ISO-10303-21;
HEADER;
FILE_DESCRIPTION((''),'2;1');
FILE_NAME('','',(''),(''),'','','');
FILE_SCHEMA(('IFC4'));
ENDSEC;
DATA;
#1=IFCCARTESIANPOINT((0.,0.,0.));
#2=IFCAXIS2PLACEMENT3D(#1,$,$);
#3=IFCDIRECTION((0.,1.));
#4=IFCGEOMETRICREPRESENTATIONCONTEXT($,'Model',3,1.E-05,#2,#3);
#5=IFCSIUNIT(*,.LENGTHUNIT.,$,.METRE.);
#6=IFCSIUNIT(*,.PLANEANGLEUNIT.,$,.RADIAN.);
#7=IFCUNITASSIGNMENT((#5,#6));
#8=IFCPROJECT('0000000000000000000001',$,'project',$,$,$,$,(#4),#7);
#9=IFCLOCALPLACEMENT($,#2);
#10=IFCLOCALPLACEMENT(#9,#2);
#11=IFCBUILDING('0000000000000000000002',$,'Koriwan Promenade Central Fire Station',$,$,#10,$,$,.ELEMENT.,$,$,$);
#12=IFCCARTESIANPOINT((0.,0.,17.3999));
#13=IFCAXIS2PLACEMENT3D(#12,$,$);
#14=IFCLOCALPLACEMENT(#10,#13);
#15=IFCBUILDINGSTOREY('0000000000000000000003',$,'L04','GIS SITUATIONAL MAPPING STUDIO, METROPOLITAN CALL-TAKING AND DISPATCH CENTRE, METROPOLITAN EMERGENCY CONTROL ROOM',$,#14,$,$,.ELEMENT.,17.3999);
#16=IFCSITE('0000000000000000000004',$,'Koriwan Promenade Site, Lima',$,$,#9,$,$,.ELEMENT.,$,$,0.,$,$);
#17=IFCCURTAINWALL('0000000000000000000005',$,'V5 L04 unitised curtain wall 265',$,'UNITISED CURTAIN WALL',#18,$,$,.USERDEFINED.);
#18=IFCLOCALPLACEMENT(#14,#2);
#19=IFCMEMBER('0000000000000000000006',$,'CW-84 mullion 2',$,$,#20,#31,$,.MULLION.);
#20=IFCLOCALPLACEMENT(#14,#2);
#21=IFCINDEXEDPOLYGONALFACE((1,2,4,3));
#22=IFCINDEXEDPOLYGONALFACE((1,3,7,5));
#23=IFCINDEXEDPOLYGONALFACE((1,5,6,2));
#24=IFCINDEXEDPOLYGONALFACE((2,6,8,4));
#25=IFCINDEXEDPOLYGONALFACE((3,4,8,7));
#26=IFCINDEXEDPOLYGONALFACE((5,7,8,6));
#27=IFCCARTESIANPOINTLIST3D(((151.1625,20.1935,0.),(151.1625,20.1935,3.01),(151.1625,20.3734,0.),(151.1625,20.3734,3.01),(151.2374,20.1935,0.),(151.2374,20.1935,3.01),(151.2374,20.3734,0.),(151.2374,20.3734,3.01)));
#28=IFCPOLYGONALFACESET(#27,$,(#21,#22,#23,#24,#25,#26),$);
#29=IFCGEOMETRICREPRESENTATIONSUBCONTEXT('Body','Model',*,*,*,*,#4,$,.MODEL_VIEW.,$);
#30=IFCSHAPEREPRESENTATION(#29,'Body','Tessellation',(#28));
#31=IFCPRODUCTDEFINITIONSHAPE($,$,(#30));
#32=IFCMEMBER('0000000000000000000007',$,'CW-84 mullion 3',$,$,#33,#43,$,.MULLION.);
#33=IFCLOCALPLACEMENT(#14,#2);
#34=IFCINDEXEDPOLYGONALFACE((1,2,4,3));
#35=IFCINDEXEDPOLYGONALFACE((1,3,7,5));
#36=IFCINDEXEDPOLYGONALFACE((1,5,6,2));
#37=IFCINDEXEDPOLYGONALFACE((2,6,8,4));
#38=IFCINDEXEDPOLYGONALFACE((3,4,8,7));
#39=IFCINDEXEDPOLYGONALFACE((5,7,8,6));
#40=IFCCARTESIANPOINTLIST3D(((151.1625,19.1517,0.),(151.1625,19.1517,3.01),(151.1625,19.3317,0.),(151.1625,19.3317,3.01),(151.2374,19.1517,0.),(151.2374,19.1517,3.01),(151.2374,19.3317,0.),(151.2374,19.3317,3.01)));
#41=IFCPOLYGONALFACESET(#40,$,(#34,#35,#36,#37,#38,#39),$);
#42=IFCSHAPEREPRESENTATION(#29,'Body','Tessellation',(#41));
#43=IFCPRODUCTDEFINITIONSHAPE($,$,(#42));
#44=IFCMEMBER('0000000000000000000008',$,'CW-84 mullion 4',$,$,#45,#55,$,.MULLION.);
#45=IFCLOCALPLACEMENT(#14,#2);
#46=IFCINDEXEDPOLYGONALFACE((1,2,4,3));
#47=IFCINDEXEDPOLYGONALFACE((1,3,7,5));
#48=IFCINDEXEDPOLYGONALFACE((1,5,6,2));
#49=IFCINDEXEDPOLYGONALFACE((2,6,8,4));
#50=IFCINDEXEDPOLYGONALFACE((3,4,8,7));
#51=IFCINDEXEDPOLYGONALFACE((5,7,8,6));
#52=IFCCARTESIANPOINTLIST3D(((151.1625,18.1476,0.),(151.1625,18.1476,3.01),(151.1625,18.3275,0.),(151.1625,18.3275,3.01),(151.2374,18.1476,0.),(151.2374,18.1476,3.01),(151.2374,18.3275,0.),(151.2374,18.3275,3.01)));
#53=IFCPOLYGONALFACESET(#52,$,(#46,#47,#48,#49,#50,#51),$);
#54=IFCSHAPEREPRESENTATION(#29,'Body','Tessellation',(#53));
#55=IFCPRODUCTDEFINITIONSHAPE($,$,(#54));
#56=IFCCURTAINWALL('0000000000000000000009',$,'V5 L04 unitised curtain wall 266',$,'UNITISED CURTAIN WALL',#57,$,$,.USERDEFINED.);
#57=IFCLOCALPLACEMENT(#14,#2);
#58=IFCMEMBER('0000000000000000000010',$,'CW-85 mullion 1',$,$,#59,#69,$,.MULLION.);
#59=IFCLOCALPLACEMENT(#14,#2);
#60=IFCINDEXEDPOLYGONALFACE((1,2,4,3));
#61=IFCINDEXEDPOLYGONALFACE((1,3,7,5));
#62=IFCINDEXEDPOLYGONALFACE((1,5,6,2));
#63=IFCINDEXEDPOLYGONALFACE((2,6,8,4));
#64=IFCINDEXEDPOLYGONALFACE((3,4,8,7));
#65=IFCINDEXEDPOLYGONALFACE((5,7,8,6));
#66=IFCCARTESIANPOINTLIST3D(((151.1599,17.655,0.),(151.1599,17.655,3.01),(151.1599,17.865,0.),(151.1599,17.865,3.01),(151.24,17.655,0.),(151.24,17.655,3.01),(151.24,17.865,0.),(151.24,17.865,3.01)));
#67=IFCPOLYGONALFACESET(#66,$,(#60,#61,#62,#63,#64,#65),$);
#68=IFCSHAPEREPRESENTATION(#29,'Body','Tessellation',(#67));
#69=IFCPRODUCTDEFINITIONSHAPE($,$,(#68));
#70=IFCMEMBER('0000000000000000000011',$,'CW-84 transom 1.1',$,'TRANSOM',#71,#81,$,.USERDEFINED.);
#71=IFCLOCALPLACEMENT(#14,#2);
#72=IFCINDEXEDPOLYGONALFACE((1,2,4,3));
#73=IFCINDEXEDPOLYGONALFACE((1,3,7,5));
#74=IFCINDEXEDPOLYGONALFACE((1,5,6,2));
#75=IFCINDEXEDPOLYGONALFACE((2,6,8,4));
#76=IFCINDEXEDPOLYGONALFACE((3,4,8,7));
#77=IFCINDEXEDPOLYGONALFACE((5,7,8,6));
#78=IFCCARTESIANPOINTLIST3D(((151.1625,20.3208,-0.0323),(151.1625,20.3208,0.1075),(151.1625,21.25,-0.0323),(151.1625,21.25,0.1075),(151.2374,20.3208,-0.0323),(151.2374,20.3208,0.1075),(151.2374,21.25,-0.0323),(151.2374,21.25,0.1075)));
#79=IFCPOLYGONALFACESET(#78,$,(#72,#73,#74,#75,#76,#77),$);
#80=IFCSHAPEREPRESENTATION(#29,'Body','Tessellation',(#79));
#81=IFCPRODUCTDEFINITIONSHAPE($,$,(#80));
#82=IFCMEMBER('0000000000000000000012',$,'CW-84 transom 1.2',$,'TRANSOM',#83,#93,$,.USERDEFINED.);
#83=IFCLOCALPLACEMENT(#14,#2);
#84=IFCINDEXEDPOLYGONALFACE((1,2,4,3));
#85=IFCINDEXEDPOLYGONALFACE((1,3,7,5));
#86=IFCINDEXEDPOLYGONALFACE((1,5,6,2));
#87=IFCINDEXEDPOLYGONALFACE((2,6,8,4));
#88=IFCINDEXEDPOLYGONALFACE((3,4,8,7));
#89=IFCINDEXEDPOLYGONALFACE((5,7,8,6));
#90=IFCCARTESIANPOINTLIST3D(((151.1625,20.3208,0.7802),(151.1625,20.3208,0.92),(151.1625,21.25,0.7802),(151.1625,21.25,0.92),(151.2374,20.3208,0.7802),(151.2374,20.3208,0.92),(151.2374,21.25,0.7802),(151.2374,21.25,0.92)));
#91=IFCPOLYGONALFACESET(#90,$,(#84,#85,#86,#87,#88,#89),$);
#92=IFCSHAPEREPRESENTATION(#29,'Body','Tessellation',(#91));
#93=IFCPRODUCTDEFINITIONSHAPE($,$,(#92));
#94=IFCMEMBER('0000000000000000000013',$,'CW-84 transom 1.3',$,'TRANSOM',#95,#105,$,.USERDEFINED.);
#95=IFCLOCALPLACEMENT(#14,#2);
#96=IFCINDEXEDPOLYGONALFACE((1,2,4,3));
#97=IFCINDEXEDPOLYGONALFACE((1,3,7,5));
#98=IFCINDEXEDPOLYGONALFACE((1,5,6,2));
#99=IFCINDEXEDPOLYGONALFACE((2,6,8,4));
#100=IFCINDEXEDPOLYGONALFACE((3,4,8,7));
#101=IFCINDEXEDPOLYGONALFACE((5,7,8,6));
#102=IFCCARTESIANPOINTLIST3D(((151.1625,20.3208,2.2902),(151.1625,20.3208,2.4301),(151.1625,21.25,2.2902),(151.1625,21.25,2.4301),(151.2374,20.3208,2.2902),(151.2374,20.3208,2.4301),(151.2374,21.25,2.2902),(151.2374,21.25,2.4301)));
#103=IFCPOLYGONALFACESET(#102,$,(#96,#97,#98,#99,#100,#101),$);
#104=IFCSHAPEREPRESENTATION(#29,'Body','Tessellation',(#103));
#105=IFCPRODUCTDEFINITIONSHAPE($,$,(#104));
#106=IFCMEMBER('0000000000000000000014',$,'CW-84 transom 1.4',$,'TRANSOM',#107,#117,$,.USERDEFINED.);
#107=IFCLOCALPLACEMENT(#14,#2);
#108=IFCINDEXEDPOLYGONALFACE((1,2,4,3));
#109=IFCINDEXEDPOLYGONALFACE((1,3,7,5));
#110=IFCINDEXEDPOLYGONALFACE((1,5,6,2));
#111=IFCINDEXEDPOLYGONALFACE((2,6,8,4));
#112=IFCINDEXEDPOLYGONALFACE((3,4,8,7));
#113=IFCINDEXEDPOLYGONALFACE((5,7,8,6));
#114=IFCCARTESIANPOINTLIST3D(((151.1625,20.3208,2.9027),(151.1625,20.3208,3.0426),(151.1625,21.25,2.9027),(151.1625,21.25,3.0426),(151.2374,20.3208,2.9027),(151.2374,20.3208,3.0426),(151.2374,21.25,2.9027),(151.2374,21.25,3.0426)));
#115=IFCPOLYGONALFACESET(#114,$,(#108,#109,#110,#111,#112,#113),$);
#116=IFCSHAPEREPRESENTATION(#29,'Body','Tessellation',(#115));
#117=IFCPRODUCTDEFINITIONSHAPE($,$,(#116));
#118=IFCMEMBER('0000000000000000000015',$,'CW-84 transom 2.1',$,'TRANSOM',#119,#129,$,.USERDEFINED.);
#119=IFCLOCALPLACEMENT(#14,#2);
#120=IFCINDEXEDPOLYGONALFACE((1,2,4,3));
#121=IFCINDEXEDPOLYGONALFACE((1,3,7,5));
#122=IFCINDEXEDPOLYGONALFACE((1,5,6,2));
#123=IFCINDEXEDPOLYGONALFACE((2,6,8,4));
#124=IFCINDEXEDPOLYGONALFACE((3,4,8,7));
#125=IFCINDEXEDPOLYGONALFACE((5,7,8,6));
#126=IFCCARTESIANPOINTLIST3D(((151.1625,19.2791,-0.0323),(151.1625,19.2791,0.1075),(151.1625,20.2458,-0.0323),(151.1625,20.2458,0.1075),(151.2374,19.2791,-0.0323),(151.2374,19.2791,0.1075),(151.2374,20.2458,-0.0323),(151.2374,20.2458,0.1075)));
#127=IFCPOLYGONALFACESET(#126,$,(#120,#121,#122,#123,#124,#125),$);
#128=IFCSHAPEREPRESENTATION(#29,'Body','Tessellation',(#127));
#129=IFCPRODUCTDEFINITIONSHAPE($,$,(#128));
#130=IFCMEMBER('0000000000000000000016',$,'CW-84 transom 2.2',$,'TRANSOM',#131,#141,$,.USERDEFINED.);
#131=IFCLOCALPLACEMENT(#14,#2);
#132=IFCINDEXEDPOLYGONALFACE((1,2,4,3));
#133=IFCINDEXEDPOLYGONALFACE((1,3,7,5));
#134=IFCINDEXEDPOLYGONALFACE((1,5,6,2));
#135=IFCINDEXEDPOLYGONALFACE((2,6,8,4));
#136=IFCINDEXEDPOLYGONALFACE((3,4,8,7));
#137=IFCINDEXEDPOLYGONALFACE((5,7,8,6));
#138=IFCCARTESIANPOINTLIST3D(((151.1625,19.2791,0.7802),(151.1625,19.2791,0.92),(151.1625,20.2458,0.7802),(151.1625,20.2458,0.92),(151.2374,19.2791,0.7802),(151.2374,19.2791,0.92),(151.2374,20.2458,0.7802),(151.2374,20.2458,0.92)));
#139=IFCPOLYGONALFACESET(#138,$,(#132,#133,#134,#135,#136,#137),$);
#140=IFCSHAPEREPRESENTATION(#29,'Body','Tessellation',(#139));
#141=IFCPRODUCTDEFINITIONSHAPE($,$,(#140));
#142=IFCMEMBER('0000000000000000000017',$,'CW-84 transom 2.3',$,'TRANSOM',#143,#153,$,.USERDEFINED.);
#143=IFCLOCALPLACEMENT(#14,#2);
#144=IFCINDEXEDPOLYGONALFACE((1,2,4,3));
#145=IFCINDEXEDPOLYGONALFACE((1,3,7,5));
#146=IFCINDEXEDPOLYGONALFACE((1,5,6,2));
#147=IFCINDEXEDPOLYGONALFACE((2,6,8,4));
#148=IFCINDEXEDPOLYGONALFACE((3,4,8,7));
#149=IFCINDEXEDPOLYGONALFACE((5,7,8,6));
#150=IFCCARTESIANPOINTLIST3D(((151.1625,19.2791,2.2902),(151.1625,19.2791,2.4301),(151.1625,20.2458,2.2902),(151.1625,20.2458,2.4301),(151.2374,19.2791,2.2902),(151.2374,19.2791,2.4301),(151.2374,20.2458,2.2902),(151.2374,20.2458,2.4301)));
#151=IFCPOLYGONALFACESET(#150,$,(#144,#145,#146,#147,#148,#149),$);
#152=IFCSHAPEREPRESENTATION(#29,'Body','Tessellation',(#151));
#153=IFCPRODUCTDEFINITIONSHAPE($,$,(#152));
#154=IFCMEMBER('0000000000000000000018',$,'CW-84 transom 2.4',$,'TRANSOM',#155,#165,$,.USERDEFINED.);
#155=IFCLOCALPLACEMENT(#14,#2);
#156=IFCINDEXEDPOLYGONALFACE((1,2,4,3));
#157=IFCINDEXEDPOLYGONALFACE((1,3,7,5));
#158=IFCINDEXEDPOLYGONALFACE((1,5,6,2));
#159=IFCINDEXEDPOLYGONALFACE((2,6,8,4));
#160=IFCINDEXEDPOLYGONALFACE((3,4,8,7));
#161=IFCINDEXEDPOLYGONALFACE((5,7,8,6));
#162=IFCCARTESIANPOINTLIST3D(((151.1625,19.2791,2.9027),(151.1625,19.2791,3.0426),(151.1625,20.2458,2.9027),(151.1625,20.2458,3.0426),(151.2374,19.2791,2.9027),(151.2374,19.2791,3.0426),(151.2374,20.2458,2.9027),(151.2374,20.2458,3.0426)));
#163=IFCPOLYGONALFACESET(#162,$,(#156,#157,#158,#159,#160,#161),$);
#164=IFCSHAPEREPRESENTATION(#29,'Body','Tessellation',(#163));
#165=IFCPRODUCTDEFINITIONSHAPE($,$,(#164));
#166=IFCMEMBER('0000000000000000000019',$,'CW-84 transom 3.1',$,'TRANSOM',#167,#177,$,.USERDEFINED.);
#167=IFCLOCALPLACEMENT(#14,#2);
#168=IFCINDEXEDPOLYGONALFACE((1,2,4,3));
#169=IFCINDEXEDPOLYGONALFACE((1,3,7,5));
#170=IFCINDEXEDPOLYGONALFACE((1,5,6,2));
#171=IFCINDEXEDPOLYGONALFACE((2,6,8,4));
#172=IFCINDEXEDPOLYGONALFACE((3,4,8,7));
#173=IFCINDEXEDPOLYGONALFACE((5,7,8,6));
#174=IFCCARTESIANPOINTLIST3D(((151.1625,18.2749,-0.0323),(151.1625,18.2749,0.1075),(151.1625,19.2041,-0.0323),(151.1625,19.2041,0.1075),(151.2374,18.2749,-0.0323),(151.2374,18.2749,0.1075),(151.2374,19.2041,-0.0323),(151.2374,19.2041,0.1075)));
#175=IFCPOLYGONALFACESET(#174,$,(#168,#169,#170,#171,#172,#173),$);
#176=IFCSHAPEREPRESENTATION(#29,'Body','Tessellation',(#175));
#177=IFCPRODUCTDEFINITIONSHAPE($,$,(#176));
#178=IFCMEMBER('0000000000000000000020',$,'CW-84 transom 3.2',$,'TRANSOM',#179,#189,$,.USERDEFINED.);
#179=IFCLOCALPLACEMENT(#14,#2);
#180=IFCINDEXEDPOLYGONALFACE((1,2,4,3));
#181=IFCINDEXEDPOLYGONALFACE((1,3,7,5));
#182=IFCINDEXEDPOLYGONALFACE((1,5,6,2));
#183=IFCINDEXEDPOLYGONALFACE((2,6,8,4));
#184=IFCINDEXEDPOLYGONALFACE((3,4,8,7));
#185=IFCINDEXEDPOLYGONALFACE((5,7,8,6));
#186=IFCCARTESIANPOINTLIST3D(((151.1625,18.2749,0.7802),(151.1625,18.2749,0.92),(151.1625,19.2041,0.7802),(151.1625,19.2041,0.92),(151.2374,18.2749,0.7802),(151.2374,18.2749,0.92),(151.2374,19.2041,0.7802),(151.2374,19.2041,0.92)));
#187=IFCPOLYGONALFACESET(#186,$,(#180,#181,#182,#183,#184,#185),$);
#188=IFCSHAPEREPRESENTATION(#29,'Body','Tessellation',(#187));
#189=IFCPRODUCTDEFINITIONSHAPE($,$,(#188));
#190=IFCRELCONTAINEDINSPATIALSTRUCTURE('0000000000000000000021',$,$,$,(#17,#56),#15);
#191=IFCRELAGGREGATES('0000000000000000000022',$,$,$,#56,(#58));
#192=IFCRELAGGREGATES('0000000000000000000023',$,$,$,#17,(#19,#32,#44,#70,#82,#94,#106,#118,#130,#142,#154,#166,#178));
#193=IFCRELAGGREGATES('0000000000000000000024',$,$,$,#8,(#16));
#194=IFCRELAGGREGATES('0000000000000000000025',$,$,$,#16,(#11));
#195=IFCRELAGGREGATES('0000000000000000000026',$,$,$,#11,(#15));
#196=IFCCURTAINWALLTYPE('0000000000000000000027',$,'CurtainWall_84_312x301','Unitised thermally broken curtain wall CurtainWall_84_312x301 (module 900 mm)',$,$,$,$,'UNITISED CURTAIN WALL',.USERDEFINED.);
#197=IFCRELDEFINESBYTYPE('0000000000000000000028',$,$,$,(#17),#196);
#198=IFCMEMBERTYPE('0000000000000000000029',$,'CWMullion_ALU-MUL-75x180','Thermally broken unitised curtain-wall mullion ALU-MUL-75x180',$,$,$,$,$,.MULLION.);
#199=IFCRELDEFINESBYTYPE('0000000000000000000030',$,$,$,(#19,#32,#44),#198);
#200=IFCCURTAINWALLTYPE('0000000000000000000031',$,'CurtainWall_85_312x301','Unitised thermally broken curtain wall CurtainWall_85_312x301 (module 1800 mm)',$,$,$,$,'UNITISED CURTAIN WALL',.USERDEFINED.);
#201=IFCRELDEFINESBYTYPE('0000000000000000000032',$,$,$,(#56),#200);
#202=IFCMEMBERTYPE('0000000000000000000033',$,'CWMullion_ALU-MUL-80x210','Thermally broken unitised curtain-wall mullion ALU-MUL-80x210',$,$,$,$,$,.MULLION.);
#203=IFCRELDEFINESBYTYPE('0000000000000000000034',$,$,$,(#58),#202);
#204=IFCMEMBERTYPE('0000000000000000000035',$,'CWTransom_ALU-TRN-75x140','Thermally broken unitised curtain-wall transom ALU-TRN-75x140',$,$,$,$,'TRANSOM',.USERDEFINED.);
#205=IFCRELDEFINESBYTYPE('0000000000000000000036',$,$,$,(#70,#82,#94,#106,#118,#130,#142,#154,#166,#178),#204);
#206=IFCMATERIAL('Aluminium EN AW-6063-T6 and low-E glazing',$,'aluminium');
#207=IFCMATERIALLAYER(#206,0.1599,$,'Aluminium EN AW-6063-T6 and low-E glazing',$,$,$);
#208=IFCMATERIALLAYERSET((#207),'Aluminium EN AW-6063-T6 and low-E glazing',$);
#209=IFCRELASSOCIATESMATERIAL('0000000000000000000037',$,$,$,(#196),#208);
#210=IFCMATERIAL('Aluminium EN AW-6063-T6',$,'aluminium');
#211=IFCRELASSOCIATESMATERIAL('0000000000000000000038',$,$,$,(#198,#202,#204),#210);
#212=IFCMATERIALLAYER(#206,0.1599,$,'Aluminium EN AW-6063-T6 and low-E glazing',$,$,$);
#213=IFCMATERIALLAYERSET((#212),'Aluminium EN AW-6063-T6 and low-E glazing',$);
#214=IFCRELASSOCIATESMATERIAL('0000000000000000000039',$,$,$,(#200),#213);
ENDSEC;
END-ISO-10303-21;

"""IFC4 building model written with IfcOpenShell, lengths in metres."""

from ifc_helpers import new_model, si_unit, direction, frame, origin, origin_2d, place, context, subcontext, project, spatial, rectangle, extrude, material, layer, layer_set, material_profile, profile_set, type_object, element, aggregate, save


model = new_model("IFC4")

# Units and contexts
model_context = context("Model", 3, precision=1e-05, world=origin(), true_north=direction((0.0, 1.0)))
body_context = subcontext(model_context, "Body", "Model", "MODEL_VIEW")
ifc_project = project(units=[si_unit("LENGTHUNIT", "METRE"), si_unit("PLANEANGLEUNIT", "RADIAN")], contexts=[model_context])

# Site, building, storey
site_placement = place(None, origin())
site = spatial("IfcSite", under=ifc_project, at=site_placement, Name="Koriwan Promenade Site, Lima", CompositionType="ELEMENT", RefElevation=0.0)
building_placement = place(site_placement, origin())
building = spatial("IfcBuilding", under=site, at=building_placement, Name="Koriwan Promenade Central Fire Station", CompositionType="ELEMENT")
storey_placement = place(building_placement, frame((0.0, 0.0, 17.3999)))
storey = spatial("IfcBuildingStorey", under=building, at=storey_placement, Name="L04", Description="GIS SITUATIONAL MAPPING STUDIO, METROPOLITAN CALL-TAKING AND DISPATCH CENTRE, METROPOLITAN EMERGENCY CONTROL ROOM", CompositionType="ELEMENT", Elevation=17.3999)

# Curtain wall, members
ifc_material_1 = material(Name="Aluminium EN AW-6063-T6 and low-E glazing", Category="aluminium")
ifc_layer_1 = layer(ifc_material_1, 0.1599, Name="Aluminium EN AW-6063-T6 and low-E glazing")
ifc_layer_set_1 = layer_set([ifc_layer_1], Name="Aluminium EN AW-6063-T6 and low-E glazing")
curtain_wall_type_1 = type_object("IfcCurtainWallType", Name="CurtainWall_84_312x301", Description="Unitised thermally broken curtain wall CurtainWall_84_312x301 (module 900 mm)", ElementType="UNITISED CURTAIN WALL", PredefinedType="USERDEFINED", material=ifc_layer_set_1)
curtain_wall_1_placement = place(storey_placement, origin())
curtain_wall_1 = element("IfcCurtainWall", 1, at=curtain_wall_1_placement, inside=storey, type_object=curtain_wall_type_1, Name="V5 L04 unitised curtain wall 265", ObjectType="UNITISED CURTAIN WALL", PredefinedType="USERDEFINED")
ifc_material_2 = material(Name="Aluminium EN AW-6063-T6", Category="aluminium")
ifc_material_profile_1 = material_profile(ifc_material_2, rectangle(XDim=0.075, YDim=0.1799, at=origin_2d()), Name="ALU-MUL-75x180")
ifc_profile_set_1 = profile_set([ifc_material_profile_1], Name="Aluminium EN AW-6063-T6")
member_type_1 = type_object("IfcMemberType", Name="CWMullion_ALU-MUL-75x180", Description="Thermally broken unitised curtain-wall mullion ALU-MUL-75x180", PredefinedType="MULLION", material=ifc_profile_set_1)
member_1_placement = place(storey_placement, frame((151.2, 20.2834, 0.0), z_axis=(0.0, 0.0, 1.0), x_axis=(1.0, 0.0, 0.0)))
member_1 = element("IfcMember", 2, at=member_1_placement, type_object=member_type_1, Name="CW-84 mullion 2", PredefinedType="MULLION", context=body_context, shape_type="SweptSolid", body=[
    extrude(rectangle(XDim=0.075, YDim=0.1799, at=origin_2d()), origin(), (0.0, 0.0, 1.0), 3.01),
])
member_2_placement = place(storey_placement, frame((151.2, 19.2417, 0.0), z_axis=(0.0, 0.0, 1.0), x_axis=(1.0, 0.0, 0.0)))
member_2 = element("IfcMember", 3, at=member_2_placement, type_object=member_type_1, Name="CW-84 mullion 3", PredefinedType="MULLION", context=body_context, shape_type="SweptSolid", body=[
    extrude(rectangle(XDim=0.075, YDim=0.1799, at=origin_2d()), origin(), (0.0, 0.0, 1.0), 3.01),
])
member_3_placement = place(storey_placement, frame((151.2, 18.2375, 0.0), z_axis=(0.0, 0.0, 1.0), x_axis=(1.0, 0.0, 0.0)))
member_3 = element("IfcMember", 4, at=member_3_placement, type_object=member_type_1, Name="CW-84 mullion 4", PredefinedType="MULLION", context=body_context, shape_type="SweptSolid", body=[
    extrude(rectangle(XDim=0.075, YDim=0.1799, at=origin_2d()), origin(), (0.0, 0.0, 1.0), 3.01),
])

# Curtain wall, member
ifc_layer_2 = layer(ifc_material_1, 0.1599, Name="Aluminium EN AW-6063-T6 and low-E glazing")
ifc_layer_set_2 = layer_set([ifc_layer_2], Name="Aluminium EN AW-6063-T6 and low-E glazing")
curtain_wall_type_2 = type_object("IfcCurtainWallType", Name="CurtainWall_85_312x301", Description="Unitised thermally broken curtain wall CurtainWall_85_312x301 (module 1800 mm)", ElementType="UNITISED CURTAIN WALL", PredefinedType="USERDEFINED", material=ifc_layer_set_2)
curtain_wall_2_placement = place(storey_placement, origin())
curtain_wall_2 = element("IfcCurtainWall", 5, at=curtain_wall_2_placement, inside=storey, type_object=curtain_wall_type_2, Name="V5 L04 unitised curtain wall 266", ObjectType="UNITISED CURTAIN WALL", PredefinedType="USERDEFINED")
ifc_material_profile_2 = material_profile(ifc_material_2, rectangle(XDim=0.0801, YDim=0.21, at=origin_2d()), Name="ALU-MUL-80x210")
ifc_profile_set_2 = profile_set([ifc_material_profile_2], Name="Aluminium EN AW-6063-T6")
member_type_2 = type_object("IfcMemberType", Name="CWMullion_ALU-MUL-80x210", Description="Thermally broken unitised curtain-wall mullion ALU-MUL-80x210", PredefinedType="MULLION", material=ifc_profile_set_2)
member_4_placement = place(storey_placement, frame((151.2, 17.76, 0.0), z_axis=(0.0, 0.0, 1.0), x_axis=(1.0, 0.0, 0.0)))
member_4 = element("IfcMember", 6, at=member_4_placement, type_object=member_type_2, Name="CW-85 mullion 1", PredefinedType="MULLION", context=body_context, shape_type="SweptSolid", body=[
    extrude(rectangle(XDim=0.0801, YDim=0.21, at=origin_2d()), origin(), (0.0, 0.0, 1.0), 3.01),
])

# Members
ifc_material_profile_3 = material_profile(ifc_material_2, rectangle(XDim=0.075, YDim=0.1399, at=origin_2d()), Name="ALU-TRN-75x140")
ifc_profile_set_3 = profile_set([ifc_material_profile_3], Name="Aluminium EN AW-6063-T6")
member_type_3 = type_object("IfcMemberType", Name="CWTransom_ALU-TRN-75x140", Description="Thermally broken unitised curtain-wall transom ALU-TRN-75x140", ElementType="TRANSOM", PredefinedType="USERDEFINED", material=ifc_profile_set_3)
member_5_placement = place(storey_placement, frame((151.2, 21.25, 0.0376), z_axis=(0.0, -1.0, 0.0), x_axis=(1.0, 0.0, 0.0)))
member_5 = element("IfcMember", 7, at=member_5_placement, type_object=member_type_3, Name="CW-84 transom 1.1", ObjectType="TRANSOM", PredefinedType="USERDEFINED", context=body_context, shape_type="SweptSolid", body=[
    extrude(rectangle(XDim=0.075, YDim=0.1399, at=origin_2d()), origin(), (0.0, 0.0, 1.0), 0.9292),
])
member_6_placement = place(storey_placement, frame((151.2, 21.25, 0.8501), z_axis=(0.0, -1.0, 0.0), x_axis=(1.0, 0.0, 0.0)))
member_6 = element("IfcMember", 8, at=member_6_placement, type_object=member_type_3, Name="CW-84 transom 1.2", ObjectType="TRANSOM", PredefinedType="USERDEFINED", context=body_context, shape_type="SweptSolid", body=[
    extrude(rectangle(XDim=0.075, YDim=0.1399, at=origin_2d()), origin(), (0.0, 0.0, 1.0), 0.9292),
])
member_7_placement = place(storey_placement, frame((151.2, 21.25, 2.3601), z_axis=(0.0, -1.0, 0.0), x_axis=(1.0, 0.0, 0.0)))
member_7 = element("IfcMember", 9, at=member_7_placement, type_object=member_type_3, Name="CW-84 transom 1.3", ObjectType="TRANSOM", PredefinedType="USERDEFINED", context=body_context, shape_type="SweptSolid", body=[
    extrude(rectangle(XDim=0.075, YDim=0.1399, at=origin_2d()), origin(), (0.0, 0.0, 1.0), 0.9292),
])
member_8_placement = place(storey_placement, frame((151.2, 21.25, 2.9727), z_axis=(0.0, -1.0, 0.0), x_axis=(1.0, 0.0, 0.0)))
member_8 = element("IfcMember", 10, at=member_8_placement, type_object=member_type_3, Name="CW-84 transom 1.4", ObjectType="TRANSOM", PredefinedType="USERDEFINED", context=body_context, shape_type="SweptSolid", body=[
    extrude(rectangle(XDim=0.075, YDim=0.1399, at=origin_2d()), origin(), (0.0, 0.0, 1.0), 0.9292),
])
member_9_placement = place(storey_placement, frame((151.2, 20.2458, 0.0376), z_axis=(0.0, -1.0, 0.0), x_axis=(1.0, 0.0, 0.0)))
member_9 = element("IfcMember", 11, at=member_9_placement, type_object=member_type_3, Name="CW-84 transom 2.1", ObjectType="TRANSOM", PredefinedType="USERDEFINED", context=body_context, shape_type="SweptSolid", body=[
    extrude(rectangle(XDim=0.075, YDim=0.1399, at=origin_2d()), origin(), (0.0, 0.0, 1.0), 0.9668),
])
member_10_placement = place(storey_placement, frame((151.2, 20.2458, 0.8501), z_axis=(0.0, -1.0, 0.0), x_axis=(1.0, 0.0, 0.0)))
member_10 = element("IfcMember", 12, at=member_10_placement, type_object=member_type_3, Name="CW-84 transom 2.2", ObjectType="TRANSOM", PredefinedType="USERDEFINED", context=body_context, shape_type="SweptSolid", body=[
    extrude(rectangle(XDim=0.075, YDim=0.1399, at=origin_2d()), origin(), (0.0, 0.0, 1.0), 0.9668),
])
member_11_placement = place(storey_placement, frame((151.2, 20.2458, 2.3601), z_axis=(0.0, -1.0, 0.0), x_axis=(1.0, 0.0, 0.0)))
member_11 = element("IfcMember", 13, at=member_11_placement, type_object=member_type_3, Name="CW-84 transom 2.3", ObjectType="TRANSOM", PredefinedType="USERDEFINED", context=body_context, shape_type="SweptSolid", body=[
    extrude(rectangle(XDim=0.075, YDim=0.1399, at=origin_2d()), origin(), (0.0, 0.0, 1.0), 0.9668),
])
member_12_placement = place(storey_placement, frame((151.2, 20.2458, 2.9727), z_axis=(0.0, -1.0, 0.0), x_axis=(1.0, 0.0, 0.0)))
member_12 = element("IfcMember", 14, at=member_12_placement, type_object=member_type_3, Name="CW-84 transom 2.4", ObjectType="TRANSOM", PredefinedType="USERDEFINED", context=body_context, shape_type="SweptSolid", body=[
    extrude(rectangle(XDim=0.075, YDim=0.1399, at=origin_2d()), origin(), (0.0, 0.0, 1.0), 0.9668),
])
member_13_placement = place(storey_placement, frame((151.2, 19.2041, 0.0376), z_axis=(0.0, -1.0, 0.0), x_axis=(1.0, 0.0, 0.0)))
member_13 = element("IfcMember", 15, at=member_13_placement, type_object=member_type_3, Name="CW-84 transom 3.1", ObjectType="TRANSOM", PredefinedType="USERDEFINED", context=body_context, shape_type="SweptSolid", body=[
    extrude(rectangle(XDim=0.075, YDim=0.1399, at=origin_2d()), origin(), (0.0, 0.0, 1.0), 0.9292),
])
member_14_placement = place(storey_placement, frame((151.2, 19.2041, 0.8501), z_axis=(0.0, -1.0, 0.0), x_axis=(1.0, 0.0, 0.0)))
member_14 = element("IfcMember", 16, at=member_14_placement, type_object=member_type_3, Name="CW-84 transom 3.2", ObjectType="TRANSOM", PredefinedType="USERDEFINED", context=body_context, shape_type="SweptSolid", body=[
    extrude(rectangle(XDim=0.075, YDim=0.1399, at=origin_2d()), origin(), (0.0, 0.0, 1.0), 0.9292),
])
aggregate(curtain_wall_2, [member_4])

aggregate(curtain_wall_1, [member_1, member_2, member_3, member_5, member_6, member_7, member_8, member_9, member_10, member_11, member_12, member_13, member_14])

save(model, "model.ifc")
